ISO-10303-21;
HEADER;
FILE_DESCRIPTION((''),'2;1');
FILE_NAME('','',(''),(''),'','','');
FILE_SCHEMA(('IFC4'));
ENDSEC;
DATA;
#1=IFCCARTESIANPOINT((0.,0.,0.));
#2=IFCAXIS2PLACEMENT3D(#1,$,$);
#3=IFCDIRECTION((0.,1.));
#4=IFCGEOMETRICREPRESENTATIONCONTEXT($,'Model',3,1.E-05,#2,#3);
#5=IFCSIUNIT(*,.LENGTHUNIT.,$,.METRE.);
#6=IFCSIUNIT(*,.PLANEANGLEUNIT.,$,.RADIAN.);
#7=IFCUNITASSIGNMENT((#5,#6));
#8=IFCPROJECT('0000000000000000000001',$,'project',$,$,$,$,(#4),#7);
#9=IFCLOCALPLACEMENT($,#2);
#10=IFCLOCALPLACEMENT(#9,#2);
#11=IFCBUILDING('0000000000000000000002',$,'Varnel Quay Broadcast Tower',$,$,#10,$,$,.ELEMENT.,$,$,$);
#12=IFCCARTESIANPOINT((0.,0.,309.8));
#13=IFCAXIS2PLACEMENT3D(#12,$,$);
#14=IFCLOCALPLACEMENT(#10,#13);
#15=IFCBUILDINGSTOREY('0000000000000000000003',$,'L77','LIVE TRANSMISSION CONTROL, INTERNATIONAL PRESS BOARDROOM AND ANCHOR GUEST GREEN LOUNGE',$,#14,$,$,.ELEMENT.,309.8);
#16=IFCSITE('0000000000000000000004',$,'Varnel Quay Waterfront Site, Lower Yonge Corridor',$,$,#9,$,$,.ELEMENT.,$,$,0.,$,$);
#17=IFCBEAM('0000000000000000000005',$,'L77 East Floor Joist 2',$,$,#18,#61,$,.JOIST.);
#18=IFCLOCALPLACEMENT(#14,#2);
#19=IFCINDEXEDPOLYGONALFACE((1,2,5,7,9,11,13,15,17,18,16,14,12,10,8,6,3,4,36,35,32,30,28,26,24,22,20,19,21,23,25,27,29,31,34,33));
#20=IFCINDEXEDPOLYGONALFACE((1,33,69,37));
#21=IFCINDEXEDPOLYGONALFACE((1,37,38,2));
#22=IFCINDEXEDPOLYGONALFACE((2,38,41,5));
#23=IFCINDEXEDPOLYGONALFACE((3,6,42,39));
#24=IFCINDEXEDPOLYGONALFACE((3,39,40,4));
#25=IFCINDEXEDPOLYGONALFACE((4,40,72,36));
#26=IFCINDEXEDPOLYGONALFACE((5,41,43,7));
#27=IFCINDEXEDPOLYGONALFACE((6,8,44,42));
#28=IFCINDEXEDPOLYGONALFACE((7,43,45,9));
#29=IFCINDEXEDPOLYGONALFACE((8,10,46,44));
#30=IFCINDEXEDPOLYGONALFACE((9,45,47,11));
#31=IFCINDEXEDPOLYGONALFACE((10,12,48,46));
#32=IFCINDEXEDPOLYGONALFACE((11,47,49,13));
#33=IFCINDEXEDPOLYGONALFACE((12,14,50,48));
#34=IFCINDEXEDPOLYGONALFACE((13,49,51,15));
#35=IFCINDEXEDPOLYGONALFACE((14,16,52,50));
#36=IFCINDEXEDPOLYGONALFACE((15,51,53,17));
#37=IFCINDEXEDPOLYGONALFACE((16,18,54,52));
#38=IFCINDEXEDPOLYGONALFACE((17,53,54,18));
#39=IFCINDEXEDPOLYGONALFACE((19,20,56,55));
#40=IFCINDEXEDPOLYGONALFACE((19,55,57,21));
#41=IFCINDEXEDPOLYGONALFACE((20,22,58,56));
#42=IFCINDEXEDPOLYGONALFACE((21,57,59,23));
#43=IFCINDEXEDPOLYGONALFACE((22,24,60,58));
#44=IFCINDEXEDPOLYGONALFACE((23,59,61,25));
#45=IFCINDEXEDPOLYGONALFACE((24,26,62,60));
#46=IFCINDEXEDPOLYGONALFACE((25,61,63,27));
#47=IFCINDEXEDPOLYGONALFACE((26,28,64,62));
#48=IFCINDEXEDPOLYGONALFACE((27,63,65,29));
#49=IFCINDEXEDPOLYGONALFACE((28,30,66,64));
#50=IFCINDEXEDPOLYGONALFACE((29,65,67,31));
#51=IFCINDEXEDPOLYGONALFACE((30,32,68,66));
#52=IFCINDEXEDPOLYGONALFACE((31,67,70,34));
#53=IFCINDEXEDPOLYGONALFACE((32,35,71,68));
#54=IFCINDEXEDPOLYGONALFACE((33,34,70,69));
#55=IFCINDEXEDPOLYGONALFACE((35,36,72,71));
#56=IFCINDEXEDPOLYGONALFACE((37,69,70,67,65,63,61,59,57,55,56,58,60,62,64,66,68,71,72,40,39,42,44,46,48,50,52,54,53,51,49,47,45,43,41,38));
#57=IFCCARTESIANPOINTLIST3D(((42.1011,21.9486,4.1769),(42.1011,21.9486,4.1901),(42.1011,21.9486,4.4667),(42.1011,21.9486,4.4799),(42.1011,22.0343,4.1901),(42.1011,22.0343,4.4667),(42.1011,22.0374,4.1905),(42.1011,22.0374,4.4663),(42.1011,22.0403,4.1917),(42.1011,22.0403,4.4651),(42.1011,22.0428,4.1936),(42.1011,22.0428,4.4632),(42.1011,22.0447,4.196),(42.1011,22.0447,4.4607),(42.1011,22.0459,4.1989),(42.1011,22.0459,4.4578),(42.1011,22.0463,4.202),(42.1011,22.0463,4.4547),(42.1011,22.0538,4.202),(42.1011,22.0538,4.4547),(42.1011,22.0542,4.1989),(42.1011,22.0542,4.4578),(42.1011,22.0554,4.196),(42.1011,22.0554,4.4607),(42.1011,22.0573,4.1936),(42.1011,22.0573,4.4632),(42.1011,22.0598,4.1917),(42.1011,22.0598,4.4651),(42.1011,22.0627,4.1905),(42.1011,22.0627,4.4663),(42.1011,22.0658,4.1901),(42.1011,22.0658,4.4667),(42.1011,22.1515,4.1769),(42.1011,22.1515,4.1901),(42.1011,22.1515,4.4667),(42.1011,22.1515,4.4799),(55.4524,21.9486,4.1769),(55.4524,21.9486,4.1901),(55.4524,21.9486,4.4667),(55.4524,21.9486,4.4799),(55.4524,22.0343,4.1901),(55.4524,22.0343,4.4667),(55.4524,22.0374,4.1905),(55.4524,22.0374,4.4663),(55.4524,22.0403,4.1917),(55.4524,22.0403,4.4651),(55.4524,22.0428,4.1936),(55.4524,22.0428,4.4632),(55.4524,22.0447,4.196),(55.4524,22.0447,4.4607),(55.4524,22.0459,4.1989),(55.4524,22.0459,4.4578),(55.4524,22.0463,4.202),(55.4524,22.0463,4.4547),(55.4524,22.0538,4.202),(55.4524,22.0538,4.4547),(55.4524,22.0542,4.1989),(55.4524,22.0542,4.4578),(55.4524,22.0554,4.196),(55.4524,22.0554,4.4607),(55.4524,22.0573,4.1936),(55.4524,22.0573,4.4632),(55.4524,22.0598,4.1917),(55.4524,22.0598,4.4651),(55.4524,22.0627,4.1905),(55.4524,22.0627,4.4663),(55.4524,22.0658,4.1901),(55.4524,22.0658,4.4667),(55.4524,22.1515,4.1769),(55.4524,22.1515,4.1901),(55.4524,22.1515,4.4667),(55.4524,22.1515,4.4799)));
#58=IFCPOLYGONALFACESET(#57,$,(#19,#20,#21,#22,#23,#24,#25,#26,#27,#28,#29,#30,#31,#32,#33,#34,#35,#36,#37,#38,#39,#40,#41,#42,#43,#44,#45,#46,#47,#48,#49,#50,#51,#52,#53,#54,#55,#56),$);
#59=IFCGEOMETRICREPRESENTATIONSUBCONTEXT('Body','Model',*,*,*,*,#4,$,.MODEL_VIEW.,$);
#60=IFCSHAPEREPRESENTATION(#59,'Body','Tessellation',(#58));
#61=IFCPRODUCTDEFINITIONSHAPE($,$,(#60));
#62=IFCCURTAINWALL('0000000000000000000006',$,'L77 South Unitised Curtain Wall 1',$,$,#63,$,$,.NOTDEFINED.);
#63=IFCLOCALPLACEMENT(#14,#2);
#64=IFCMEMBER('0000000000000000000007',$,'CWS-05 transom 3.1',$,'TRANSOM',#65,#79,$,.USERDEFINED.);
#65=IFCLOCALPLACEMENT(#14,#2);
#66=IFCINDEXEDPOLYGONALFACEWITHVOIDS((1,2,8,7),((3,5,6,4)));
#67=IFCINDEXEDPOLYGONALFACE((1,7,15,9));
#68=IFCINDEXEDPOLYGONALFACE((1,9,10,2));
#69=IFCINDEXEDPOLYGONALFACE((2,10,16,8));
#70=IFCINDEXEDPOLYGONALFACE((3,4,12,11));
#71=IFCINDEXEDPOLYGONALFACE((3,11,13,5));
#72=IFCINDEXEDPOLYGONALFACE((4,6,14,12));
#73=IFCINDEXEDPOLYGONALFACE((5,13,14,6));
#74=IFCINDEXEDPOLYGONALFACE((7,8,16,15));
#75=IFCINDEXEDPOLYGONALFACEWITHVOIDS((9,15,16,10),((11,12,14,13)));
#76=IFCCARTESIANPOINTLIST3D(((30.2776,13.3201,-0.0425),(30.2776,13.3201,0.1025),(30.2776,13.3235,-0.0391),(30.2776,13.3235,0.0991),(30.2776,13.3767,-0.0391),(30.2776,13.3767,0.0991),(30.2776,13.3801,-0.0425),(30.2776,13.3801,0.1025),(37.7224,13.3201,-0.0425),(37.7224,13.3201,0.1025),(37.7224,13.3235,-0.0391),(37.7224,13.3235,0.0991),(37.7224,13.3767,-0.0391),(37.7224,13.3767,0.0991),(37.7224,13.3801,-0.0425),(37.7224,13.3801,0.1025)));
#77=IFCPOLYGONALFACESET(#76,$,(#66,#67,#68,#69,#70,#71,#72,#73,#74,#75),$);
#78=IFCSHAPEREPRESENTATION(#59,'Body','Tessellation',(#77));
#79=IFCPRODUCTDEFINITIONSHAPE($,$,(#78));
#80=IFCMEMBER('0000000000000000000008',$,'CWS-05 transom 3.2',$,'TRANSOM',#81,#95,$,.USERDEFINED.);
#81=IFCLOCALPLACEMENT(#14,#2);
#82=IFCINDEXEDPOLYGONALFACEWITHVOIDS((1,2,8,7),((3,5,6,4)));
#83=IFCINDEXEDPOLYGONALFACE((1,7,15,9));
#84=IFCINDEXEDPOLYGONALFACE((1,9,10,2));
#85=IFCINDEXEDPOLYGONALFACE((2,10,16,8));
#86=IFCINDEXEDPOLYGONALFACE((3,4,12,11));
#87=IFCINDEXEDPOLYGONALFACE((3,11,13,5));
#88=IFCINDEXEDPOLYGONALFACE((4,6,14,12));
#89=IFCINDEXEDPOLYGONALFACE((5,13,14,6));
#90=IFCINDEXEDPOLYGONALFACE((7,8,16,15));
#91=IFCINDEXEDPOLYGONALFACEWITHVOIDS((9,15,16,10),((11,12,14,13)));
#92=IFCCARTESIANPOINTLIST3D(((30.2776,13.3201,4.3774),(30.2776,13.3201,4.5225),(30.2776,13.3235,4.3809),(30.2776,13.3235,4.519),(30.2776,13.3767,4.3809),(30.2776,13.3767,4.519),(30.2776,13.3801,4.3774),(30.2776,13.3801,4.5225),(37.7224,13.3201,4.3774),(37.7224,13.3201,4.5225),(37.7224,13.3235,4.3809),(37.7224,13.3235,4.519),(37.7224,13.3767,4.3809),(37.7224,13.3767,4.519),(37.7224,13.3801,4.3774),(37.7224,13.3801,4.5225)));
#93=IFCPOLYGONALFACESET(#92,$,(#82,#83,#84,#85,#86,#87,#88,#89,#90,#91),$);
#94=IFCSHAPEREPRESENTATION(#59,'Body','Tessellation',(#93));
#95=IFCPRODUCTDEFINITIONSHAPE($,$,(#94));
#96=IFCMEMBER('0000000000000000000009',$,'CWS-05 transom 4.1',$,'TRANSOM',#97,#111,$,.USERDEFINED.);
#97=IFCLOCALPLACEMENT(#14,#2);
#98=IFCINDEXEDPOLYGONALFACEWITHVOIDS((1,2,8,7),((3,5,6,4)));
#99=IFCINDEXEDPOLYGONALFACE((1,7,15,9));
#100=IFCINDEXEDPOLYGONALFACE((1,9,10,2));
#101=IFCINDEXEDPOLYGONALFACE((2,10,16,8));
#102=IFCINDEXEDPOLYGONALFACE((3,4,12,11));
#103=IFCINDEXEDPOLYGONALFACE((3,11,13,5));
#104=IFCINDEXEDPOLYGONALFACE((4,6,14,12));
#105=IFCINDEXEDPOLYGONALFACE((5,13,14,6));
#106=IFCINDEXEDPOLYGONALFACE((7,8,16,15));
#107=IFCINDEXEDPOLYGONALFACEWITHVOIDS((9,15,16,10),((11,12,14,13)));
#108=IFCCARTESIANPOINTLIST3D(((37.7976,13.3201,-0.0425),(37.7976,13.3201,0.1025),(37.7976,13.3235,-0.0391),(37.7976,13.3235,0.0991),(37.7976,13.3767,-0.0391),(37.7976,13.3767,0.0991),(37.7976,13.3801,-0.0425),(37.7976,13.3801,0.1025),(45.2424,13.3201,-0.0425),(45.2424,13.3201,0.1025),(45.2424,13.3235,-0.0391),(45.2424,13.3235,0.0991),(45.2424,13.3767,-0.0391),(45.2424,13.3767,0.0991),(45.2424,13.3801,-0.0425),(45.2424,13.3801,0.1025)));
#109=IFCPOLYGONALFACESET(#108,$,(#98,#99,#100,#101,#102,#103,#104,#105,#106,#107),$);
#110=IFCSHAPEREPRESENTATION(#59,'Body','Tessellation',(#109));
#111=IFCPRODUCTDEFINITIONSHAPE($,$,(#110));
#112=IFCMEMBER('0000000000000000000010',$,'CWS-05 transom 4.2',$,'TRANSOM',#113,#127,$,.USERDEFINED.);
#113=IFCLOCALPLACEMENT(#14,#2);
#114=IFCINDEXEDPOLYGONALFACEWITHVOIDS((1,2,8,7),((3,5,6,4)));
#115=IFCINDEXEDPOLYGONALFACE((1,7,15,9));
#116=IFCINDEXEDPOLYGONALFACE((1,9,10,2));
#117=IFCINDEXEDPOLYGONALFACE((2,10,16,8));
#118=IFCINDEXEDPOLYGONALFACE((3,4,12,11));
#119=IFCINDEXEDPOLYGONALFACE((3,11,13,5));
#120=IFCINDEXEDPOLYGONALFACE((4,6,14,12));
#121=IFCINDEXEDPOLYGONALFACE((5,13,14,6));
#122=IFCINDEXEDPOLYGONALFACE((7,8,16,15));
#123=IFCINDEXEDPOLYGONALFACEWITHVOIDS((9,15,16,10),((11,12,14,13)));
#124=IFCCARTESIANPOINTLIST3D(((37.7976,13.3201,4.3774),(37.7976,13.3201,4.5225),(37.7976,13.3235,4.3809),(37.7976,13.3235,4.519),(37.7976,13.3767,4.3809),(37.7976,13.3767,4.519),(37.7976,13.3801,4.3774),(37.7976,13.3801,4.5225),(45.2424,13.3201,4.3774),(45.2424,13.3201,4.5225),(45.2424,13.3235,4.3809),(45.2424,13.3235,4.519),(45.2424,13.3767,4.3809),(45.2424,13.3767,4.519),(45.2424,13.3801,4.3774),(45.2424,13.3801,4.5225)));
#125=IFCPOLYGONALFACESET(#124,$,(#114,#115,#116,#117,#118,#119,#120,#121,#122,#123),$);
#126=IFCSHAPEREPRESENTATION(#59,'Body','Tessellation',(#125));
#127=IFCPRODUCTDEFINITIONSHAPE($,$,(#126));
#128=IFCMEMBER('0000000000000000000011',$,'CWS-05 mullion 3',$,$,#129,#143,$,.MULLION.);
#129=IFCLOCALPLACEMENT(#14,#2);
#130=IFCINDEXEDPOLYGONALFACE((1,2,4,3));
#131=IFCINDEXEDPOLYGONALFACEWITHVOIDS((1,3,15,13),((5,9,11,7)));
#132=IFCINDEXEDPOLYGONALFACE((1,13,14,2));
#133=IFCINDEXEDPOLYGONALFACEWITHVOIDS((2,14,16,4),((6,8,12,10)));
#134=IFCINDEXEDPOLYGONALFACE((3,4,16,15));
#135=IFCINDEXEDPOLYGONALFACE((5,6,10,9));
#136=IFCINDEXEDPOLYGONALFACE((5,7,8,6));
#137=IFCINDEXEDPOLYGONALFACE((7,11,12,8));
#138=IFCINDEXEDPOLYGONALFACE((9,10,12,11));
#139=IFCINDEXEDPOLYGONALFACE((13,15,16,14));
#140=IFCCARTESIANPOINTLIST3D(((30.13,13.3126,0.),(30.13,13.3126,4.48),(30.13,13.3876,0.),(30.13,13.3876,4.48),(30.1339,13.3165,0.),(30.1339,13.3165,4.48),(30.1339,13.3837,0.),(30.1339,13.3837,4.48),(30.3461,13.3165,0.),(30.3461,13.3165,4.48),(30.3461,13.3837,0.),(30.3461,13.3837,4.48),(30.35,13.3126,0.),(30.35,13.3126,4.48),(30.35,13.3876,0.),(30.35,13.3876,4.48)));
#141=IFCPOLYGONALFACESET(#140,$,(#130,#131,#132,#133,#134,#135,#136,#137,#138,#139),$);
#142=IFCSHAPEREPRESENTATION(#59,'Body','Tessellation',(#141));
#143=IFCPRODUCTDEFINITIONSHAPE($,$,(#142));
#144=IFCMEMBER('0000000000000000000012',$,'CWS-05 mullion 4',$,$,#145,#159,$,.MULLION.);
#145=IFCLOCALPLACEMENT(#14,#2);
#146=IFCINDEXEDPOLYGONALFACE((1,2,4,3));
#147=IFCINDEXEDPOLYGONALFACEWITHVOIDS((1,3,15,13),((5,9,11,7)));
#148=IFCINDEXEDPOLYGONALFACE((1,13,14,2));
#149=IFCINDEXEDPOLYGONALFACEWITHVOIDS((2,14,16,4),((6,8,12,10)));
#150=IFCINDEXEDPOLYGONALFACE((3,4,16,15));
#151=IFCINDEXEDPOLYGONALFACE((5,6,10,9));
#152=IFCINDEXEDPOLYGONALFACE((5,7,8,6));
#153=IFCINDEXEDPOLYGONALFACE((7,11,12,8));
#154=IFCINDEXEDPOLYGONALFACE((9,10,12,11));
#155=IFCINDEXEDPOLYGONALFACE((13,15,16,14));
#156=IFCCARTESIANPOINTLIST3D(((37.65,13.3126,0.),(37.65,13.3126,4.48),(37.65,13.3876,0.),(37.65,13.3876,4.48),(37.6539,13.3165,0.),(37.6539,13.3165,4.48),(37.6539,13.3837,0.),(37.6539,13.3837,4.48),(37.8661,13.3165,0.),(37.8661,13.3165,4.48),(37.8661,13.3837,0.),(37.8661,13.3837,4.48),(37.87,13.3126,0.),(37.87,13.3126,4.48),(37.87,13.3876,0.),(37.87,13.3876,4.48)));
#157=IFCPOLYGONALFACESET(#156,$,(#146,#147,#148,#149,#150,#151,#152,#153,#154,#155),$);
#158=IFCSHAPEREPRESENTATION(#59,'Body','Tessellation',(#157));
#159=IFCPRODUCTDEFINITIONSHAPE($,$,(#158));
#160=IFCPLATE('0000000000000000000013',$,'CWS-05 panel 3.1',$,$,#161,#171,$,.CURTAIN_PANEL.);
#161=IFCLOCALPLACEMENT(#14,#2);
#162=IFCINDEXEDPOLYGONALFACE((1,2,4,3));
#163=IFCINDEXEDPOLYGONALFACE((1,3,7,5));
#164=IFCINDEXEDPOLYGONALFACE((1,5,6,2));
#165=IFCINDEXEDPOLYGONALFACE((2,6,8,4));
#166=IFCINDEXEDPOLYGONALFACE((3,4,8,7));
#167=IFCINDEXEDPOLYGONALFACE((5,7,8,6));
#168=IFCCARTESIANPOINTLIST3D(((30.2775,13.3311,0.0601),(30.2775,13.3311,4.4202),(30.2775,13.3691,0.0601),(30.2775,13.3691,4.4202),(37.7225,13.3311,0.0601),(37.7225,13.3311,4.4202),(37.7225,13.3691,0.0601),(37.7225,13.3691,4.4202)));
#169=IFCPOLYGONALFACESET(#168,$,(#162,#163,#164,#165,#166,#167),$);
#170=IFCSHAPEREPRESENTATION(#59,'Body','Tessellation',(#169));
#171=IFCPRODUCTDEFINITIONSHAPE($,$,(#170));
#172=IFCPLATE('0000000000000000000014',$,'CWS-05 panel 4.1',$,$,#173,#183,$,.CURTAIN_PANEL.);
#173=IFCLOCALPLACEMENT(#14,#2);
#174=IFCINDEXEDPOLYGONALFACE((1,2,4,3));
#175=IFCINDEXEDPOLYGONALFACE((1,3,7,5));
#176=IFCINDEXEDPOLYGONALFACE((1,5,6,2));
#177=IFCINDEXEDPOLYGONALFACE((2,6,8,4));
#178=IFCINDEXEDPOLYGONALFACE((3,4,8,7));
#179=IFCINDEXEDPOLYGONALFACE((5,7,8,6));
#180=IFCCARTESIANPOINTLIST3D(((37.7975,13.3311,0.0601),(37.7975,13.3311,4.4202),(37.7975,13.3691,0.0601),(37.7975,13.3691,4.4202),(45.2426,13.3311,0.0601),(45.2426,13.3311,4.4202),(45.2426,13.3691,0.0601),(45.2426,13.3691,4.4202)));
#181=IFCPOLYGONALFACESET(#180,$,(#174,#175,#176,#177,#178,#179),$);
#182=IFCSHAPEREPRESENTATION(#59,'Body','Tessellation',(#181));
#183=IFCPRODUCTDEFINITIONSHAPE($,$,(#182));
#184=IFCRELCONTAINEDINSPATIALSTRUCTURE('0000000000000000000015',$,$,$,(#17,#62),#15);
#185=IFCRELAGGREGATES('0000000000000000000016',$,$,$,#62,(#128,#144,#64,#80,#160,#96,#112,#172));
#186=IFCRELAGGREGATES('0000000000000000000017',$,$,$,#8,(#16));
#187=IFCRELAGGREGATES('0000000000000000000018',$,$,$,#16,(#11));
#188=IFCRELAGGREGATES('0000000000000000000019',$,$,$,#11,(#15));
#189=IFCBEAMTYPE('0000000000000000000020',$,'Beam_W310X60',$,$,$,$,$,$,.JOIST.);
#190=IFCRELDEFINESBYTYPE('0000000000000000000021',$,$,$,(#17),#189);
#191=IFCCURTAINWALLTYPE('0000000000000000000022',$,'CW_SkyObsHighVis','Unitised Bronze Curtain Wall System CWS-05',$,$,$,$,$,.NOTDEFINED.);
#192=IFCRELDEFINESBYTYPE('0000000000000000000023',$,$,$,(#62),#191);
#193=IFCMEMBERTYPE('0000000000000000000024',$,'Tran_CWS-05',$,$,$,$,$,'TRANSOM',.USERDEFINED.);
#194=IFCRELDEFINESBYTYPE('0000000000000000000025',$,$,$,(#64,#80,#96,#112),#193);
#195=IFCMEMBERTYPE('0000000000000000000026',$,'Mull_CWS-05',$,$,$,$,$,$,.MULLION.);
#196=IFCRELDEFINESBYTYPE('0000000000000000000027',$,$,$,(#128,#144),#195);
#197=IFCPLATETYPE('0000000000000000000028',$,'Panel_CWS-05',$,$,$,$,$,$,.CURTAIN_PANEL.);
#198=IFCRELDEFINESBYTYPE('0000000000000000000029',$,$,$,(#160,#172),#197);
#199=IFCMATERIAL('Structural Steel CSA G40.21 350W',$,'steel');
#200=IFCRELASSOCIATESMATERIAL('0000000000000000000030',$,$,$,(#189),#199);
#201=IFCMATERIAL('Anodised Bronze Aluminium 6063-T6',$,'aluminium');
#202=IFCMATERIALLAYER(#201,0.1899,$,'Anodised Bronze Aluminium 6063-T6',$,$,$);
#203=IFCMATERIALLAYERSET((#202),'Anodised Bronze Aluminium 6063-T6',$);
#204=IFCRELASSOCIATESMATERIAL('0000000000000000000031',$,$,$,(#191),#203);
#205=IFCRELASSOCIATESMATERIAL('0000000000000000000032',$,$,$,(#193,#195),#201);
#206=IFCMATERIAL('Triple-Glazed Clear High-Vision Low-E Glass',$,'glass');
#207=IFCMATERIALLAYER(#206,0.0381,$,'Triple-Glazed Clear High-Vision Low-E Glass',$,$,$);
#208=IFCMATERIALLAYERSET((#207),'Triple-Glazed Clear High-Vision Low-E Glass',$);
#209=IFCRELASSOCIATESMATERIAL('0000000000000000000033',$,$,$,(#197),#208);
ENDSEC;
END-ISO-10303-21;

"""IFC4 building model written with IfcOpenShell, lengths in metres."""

from ifc_helpers import new_model, si_unit, direction, frame, origin, origin_2d, place, context, subcontext, project, spatial, rectangle, hollow_rectangle, i_section, extrude, source, transform, mapped, material, layer, layer_set, material_profile, profile_set, type_object, type_shapes, element, aggregate, save


model = new_model("IFC4")

# Units and contexts
model_context = context("Model", 3, precision=1e-05, world=origin(), true_north=direction((0.0, 1.0)))
body_context = subcontext(model_context, "Body", "Model", "MODEL_VIEW")
ifc_project = project(units=[si_unit("LENGTHUNIT", "METRE"), si_unit("PLANEANGLEUNIT", "RADIAN")], contexts=[model_context])

# Site, building, storey
site_placement = place(None, origin())
site = spatial("IfcSite", under=ifc_project, at=site_placement, Name="Varnel Quay Waterfront Site, Lower Yonge Corridor", CompositionType="ELEMENT", RefElevation=0.0)
building_placement = place(site_placement, origin())
building = spatial("IfcBuilding", under=site, at=building_placement, Name="Varnel Quay Broadcast Tower", CompositionType="ELEMENT")
storey_placement = place(building_placement, frame((0.0, 0.0, 309.8)))
storey = spatial("IfcBuildingStorey", under=building, at=storey_placement, Name="L77", Description="LIVE TRANSMISSION CONTROL, INTERNATIONAL PRESS BOARDROOM AND ANCHOR GUEST GREEN LOUNGE", CompositionType="ELEMENT", Elevation=309.8)

# Shared definitions
ifc_material_1 = material(Name="Structural Steel CSA G40.21 350W", Category="steel")

# Beam
ifc_material_profile_1 = material_profile(ifc_material_1, i_section(OverallWidth=0.2029, OverallDepth=0.303, WebThickness=0.0076, FlangeThickness=0.0132, FilletRadius=0.012, at=origin_2d()), Name="W310X60")
ifc_profile_set_1 = profile_set([ifc_material_profile_1], Name="Structural Steel CSA G40.21 350W")
beam_type_1 = type_object("IfcBeamType", Name="Beam_W310X60", PredefinedType="JOIST", material=ifc_profile_set_1)
shared_shape_1 = source(origin(), body_context, "Body", "SweptSolid", [
    extrude(i_section(OverallWidth=0.2029, OverallDepth=0.303, WebThickness=0.0076, FlangeThickness=0.0132, FilletRadius=0.012, at=origin_2d()), origin(), (0.0, 0.0, 1.0), 13.3513),
])
type_shapes(beam_type_1, [shared_shape_1])
beam_1_placement = place(storey_placement, frame((42.1011, 22.05, 4.3284), z_axis=(1.0, 0.0, 0.0), x_axis=(0.0, 1.0, 0.0)))
element("IfcBeam", 1, at=beam_1_placement, inside=storey, type_object=beam_type_1, Name="L77 East Floor Joist 2", PredefinedType="JOIST", context=body_context, shape_type="MappedRepresentation", body=[
    mapped(shared_shape_1, transform((0.0, 0.0, 0.0), x_axis=(1.0, 0.0, 0.0), y_axis=(0.0, 1.0, 0.0), z_axis=(0.0, 0.0, 1.0), scale=1.0)),
])

# Curtain wall, members, plates
ifc_material_2 = material(Name="Anodised Bronze Aluminium 6063-T6", Category="aluminium")
ifc_layer_1 = layer(ifc_material_2, 0.1899, Name="Anodised Bronze Aluminium 6063-T6")
ifc_layer_set_1 = layer_set([ifc_layer_1], Name="Anodised Bronze Aluminium 6063-T6")
curtain_wall_type = type_object("IfcCurtainWallType", Name="CW_SkyObsHighVis", Description="Unitised Bronze Curtain Wall System CWS-05", PredefinedType="NOTDEFINED", material=ifc_layer_set_1)
curtain_wall_placement = place(storey_placement, origin())
curtain_wall = element("IfcCurtainWall", 2, at=curtain_wall_placement, inside=storey, type_object=curtain_wall_type, Name="L77 South Unitised Curtain Wall 1", PredefinedType="NOTDEFINED")
ifc_material_profile_2 = material_profile(ifc_material_2, hollow_rectangle(XDim=0.0601, YDim=0.145, WallThickness=0.0034, at=origin_2d()), Name="ALU60X145X3.5")
ifc_profile_set_2 = profile_set([ifc_material_profile_2], Name="Anodised Bronze Aluminium 6063-T6")
member_type_1 = type_object("IfcMemberType", Name="Tran_CWS-05", ElementType="TRANSOM", PredefinedType="USERDEFINED", material=ifc_profile_set_2)
shared_shape_2 = source(origin(), body_context, "Body", "SweptSolid", [
    extrude(hollow_rectangle(XDim=0.0601, YDim=0.145, WallThickness=0.0034, at=origin_2d()), origin(), (0.0, 0.0, 1.0), 7.4448),
])
type_shapes(member_type_1, [shared_shape_2])
member_1_placement = place(storey_placement, frame((30.2776, 13.3501, 0.03), z_axis=(1.0, 0.0, 0.0), x_axis=(0.0, 1.0, 0.0)))
member_1 = element("IfcMember", 3, at=member_1_placement, type_object=member_type_1, Name="CWS-05 transom 3.1", ObjectType="TRANSOM", PredefinedType="USERDEFINED", context=body_context, shape_type="MappedRepresentation", body=[
    mapped(shared_shape_2, transform((0.0, 0.0, 0.0), x_axis=(1.0, 0.0, 0.0), y_axis=(0.0, 1.0, 0.0), z_axis=(0.0, 0.0, 1.0), scale=1.0)),
])
member_2_placement = place(storey_placement, frame((30.2776, 13.3501, 4.45), z_axis=(1.0, 0.0, 0.0), x_axis=(0.0, 1.0, 0.0)))
member_2 = element("IfcMember", 4, at=member_2_placement, type_object=member_type_1, Name="CWS-05 transom 3.2", ObjectType="TRANSOM", PredefinedType="USERDEFINED", context=body_context, shape_type="MappedRepresentation", body=[
    mapped(shared_shape_2, transform((0.0, 0.0, 0.0), x_axis=(1.0, 0.0, 0.0), y_axis=(0.0, 1.0, 0.0), z_axis=(0.0, 0.0, 1.0), scale=1.0)),
])
member_3_placement = place(storey_placement, frame((37.7976, 13.3501, 0.03), z_axis=(1.0, 0.0, 0.0), x_axis=(0.0, 1.0, 0.0)))
member_3 = element("IfcMember", 5, at=member_3_placement, type_object=member_type_1, Name="CWS-05 transom 4.1", ObjectType="TRANSOM", PredefinedType="USERDEFINED", context=body_context, shape_type="MappedRepresentation", body=[
    mapped(shared_shape_2, transform((0.0, 0.0, 0.0), x_axis=(1.0, 0.0, 0.0), y_axis=(0.0, 1.0, 0.0), z_axis=(0.0, 0.0, 1.0), scale=1.0)),
])
member_4_placement = place(storey_placement, frame((37.7976, 13.3501, 4.45), z_axis=(1.0, 0.0, 0.0), x_axis=(0.0, 1.0, 0.0)))
member_4 = element("IfcMember", 6, at=member_4_placement, type_object=member_type_1, Name="CWS-05 transom 4.2", ObjectType="TRANSOM", PredefinedType="USERDEFINED", context=body_context, shape_type="MappedRepresentation", body=[
    mapped(shared_shape_2, transform((0.0, 0.0, 0.0), x_axis=(1.0, 0.0, 0.0), y_axis=(0.0, 1.0, 0.0), z_axis=(0.0, 0.0, 1.0), scale=1.0)),
])
ifc_material_profile_3 = material_profile(ifc_material_2, hollow_rectangle(XDim=0.075, YDim=0.22, WallThickness=0.0039, at=origin_2d()), Name="ALU75X220X4")
ifc_profile_set_3 = profile_set([ifc_material_profile_3], Name="Anodised Bronze Aluminium 6063-T6")
member_type_2 = type_object("IfcMemberType", Name="Mull_CWS-05", PredefinedType="MULLION", material=ifc_profile_set_3)
shared_shape_3 = source(origin(), body_context, "Body", "SweptSolid", [
    extrude(hollow_rectangle(XDim=0.075, YDim=0.22, WallThickness=0.0039, at=origin_2d()), origin(), (0.0, 0.0, 1.0), 4.48),
])
type_shapes(member_type_2, [shared_shape_3])
member_5_placement = place(storey_placement, frame((30.24, 13.3501, 0.0), z_axis=(0.0, 0.0, 1.0), x_axis=(0.0, 1.0, 0.0)))
member_5 = element("IfcMember", 7, at=member_5_placement, type_object=member_type_2, Name="CWS-05 mullion 3", PredefinedType="MULLION", context=body_context, shape_type="MappedRepresentation", body=[
    mapped(shared_shape_3, transform((0.0, 0.0, 0.0), x_axis=(1.0, 0.0, 0.0), y_axis=(0.0, 1.0, 0.0), z_axis=(0.0, 0.0, 1.0), scale=1.0)),
])
member_6_placement = place(storey_placement, frame((37.76, 13.3501, 0.0), z_axis=(0.0, 0.0, 1.0), x_axis=(0.0, 1.0, 0.0)))
member_6 = element("IfcMember", 8, at=member_6_placement, type_object=member_type_2, Name="CWS-05 mullion 4", PredefinedType="MULLION", context=body_context, shape_type="MappedRepresentation", body=[
    mapped(shared_shape_3, transform((0.0, 0.0, 0.0), x_axis=(1.0, 0.0, 0.0), y_axis=(0.0, 1.0, 0.0), z_axis=(0.0, 0.0, 1.0), scale=1.0)),
])
ifc_material_3 = material(Name="Triple-Glazed Clear High-Vision Low-E Glass", Category="glass")
ifc_layer_2 = layer(ifc_material_3, 0.0381, Name="Triple-Glazed Clear High-Vision Low-E Glass")
ifc_layer_set_2 = layer_set([ifc_layer_2], Name="Triple-Glazed Clear High-Vision Low-E Glass")
plate_type = type_object("IfcPlateType", Name="Panel_CWS-05", PredefinedType="CURTAIN_PANEL", material=ifc_layer_set_2)
shared_shape_4 = source(origin(), body_context, "Body", "SweptSolid", [
    extrude(rectangle(XDim=7.4451, YDim=0.0381, at=origin_2d()), origin(), (0.0, 0.0, 1.0), 4.3601),
])
type_shapes(plate_type, [shared_shape_4])
plate_1_placement = place(storey_placement, frame((34.0, 13.3501, 0.0601), z_axis=(0.0, 0.0, 1.0), x_axis=(1.0, 0.0, 0.0)))
plate_1 = element("IfcPlate", 9, at=plate_1_placement, type_object=plate_type, Name="CWS-05 panel 3.1", PredefinedType="CURTAIN_PANEL", context=body_context, shape_type="MappedRepresentation", body=[
    mapped(shared_shape_4, transform((0.0, 0.0, 0.0), x_axis=(1.0, 0.0, 0.0), y_axis=(0.0, 1.0, 0.0), z_axis=(0.0, 0.0, 1.0), scale=1.0)),
])
plate_2_placement = place(storey_placement, frame((41.52, 13.3501, 0.0601), z_axis=(0.0, 0.0, 1.0), x_axis=(1.0, 0.0, 0.0)))
plate_2 = element("IfcPlate", 10, at=plate_2_placement, type_object=plate_type, Name="CWS-05 panel 4.1", PredefinedType="CURTAIN_PANEL", context=body_context, shape_type="MappedRepresentation", body=[
    mapped(shared_shape_4, transform((0.0, 0.0, 0.0), x_axis=(1.0, 0.0, 0.0), y_axis=(0.0, 1.0, 0.0), z_axis=(0.0, 0.0, 1.0), scale=1.0)),
])
aggregate(curtain_wall, [member_5, member_6, member_1, member_2, plate_1, member_3, member_4, plate_2])

save(model, "model.ifc")
